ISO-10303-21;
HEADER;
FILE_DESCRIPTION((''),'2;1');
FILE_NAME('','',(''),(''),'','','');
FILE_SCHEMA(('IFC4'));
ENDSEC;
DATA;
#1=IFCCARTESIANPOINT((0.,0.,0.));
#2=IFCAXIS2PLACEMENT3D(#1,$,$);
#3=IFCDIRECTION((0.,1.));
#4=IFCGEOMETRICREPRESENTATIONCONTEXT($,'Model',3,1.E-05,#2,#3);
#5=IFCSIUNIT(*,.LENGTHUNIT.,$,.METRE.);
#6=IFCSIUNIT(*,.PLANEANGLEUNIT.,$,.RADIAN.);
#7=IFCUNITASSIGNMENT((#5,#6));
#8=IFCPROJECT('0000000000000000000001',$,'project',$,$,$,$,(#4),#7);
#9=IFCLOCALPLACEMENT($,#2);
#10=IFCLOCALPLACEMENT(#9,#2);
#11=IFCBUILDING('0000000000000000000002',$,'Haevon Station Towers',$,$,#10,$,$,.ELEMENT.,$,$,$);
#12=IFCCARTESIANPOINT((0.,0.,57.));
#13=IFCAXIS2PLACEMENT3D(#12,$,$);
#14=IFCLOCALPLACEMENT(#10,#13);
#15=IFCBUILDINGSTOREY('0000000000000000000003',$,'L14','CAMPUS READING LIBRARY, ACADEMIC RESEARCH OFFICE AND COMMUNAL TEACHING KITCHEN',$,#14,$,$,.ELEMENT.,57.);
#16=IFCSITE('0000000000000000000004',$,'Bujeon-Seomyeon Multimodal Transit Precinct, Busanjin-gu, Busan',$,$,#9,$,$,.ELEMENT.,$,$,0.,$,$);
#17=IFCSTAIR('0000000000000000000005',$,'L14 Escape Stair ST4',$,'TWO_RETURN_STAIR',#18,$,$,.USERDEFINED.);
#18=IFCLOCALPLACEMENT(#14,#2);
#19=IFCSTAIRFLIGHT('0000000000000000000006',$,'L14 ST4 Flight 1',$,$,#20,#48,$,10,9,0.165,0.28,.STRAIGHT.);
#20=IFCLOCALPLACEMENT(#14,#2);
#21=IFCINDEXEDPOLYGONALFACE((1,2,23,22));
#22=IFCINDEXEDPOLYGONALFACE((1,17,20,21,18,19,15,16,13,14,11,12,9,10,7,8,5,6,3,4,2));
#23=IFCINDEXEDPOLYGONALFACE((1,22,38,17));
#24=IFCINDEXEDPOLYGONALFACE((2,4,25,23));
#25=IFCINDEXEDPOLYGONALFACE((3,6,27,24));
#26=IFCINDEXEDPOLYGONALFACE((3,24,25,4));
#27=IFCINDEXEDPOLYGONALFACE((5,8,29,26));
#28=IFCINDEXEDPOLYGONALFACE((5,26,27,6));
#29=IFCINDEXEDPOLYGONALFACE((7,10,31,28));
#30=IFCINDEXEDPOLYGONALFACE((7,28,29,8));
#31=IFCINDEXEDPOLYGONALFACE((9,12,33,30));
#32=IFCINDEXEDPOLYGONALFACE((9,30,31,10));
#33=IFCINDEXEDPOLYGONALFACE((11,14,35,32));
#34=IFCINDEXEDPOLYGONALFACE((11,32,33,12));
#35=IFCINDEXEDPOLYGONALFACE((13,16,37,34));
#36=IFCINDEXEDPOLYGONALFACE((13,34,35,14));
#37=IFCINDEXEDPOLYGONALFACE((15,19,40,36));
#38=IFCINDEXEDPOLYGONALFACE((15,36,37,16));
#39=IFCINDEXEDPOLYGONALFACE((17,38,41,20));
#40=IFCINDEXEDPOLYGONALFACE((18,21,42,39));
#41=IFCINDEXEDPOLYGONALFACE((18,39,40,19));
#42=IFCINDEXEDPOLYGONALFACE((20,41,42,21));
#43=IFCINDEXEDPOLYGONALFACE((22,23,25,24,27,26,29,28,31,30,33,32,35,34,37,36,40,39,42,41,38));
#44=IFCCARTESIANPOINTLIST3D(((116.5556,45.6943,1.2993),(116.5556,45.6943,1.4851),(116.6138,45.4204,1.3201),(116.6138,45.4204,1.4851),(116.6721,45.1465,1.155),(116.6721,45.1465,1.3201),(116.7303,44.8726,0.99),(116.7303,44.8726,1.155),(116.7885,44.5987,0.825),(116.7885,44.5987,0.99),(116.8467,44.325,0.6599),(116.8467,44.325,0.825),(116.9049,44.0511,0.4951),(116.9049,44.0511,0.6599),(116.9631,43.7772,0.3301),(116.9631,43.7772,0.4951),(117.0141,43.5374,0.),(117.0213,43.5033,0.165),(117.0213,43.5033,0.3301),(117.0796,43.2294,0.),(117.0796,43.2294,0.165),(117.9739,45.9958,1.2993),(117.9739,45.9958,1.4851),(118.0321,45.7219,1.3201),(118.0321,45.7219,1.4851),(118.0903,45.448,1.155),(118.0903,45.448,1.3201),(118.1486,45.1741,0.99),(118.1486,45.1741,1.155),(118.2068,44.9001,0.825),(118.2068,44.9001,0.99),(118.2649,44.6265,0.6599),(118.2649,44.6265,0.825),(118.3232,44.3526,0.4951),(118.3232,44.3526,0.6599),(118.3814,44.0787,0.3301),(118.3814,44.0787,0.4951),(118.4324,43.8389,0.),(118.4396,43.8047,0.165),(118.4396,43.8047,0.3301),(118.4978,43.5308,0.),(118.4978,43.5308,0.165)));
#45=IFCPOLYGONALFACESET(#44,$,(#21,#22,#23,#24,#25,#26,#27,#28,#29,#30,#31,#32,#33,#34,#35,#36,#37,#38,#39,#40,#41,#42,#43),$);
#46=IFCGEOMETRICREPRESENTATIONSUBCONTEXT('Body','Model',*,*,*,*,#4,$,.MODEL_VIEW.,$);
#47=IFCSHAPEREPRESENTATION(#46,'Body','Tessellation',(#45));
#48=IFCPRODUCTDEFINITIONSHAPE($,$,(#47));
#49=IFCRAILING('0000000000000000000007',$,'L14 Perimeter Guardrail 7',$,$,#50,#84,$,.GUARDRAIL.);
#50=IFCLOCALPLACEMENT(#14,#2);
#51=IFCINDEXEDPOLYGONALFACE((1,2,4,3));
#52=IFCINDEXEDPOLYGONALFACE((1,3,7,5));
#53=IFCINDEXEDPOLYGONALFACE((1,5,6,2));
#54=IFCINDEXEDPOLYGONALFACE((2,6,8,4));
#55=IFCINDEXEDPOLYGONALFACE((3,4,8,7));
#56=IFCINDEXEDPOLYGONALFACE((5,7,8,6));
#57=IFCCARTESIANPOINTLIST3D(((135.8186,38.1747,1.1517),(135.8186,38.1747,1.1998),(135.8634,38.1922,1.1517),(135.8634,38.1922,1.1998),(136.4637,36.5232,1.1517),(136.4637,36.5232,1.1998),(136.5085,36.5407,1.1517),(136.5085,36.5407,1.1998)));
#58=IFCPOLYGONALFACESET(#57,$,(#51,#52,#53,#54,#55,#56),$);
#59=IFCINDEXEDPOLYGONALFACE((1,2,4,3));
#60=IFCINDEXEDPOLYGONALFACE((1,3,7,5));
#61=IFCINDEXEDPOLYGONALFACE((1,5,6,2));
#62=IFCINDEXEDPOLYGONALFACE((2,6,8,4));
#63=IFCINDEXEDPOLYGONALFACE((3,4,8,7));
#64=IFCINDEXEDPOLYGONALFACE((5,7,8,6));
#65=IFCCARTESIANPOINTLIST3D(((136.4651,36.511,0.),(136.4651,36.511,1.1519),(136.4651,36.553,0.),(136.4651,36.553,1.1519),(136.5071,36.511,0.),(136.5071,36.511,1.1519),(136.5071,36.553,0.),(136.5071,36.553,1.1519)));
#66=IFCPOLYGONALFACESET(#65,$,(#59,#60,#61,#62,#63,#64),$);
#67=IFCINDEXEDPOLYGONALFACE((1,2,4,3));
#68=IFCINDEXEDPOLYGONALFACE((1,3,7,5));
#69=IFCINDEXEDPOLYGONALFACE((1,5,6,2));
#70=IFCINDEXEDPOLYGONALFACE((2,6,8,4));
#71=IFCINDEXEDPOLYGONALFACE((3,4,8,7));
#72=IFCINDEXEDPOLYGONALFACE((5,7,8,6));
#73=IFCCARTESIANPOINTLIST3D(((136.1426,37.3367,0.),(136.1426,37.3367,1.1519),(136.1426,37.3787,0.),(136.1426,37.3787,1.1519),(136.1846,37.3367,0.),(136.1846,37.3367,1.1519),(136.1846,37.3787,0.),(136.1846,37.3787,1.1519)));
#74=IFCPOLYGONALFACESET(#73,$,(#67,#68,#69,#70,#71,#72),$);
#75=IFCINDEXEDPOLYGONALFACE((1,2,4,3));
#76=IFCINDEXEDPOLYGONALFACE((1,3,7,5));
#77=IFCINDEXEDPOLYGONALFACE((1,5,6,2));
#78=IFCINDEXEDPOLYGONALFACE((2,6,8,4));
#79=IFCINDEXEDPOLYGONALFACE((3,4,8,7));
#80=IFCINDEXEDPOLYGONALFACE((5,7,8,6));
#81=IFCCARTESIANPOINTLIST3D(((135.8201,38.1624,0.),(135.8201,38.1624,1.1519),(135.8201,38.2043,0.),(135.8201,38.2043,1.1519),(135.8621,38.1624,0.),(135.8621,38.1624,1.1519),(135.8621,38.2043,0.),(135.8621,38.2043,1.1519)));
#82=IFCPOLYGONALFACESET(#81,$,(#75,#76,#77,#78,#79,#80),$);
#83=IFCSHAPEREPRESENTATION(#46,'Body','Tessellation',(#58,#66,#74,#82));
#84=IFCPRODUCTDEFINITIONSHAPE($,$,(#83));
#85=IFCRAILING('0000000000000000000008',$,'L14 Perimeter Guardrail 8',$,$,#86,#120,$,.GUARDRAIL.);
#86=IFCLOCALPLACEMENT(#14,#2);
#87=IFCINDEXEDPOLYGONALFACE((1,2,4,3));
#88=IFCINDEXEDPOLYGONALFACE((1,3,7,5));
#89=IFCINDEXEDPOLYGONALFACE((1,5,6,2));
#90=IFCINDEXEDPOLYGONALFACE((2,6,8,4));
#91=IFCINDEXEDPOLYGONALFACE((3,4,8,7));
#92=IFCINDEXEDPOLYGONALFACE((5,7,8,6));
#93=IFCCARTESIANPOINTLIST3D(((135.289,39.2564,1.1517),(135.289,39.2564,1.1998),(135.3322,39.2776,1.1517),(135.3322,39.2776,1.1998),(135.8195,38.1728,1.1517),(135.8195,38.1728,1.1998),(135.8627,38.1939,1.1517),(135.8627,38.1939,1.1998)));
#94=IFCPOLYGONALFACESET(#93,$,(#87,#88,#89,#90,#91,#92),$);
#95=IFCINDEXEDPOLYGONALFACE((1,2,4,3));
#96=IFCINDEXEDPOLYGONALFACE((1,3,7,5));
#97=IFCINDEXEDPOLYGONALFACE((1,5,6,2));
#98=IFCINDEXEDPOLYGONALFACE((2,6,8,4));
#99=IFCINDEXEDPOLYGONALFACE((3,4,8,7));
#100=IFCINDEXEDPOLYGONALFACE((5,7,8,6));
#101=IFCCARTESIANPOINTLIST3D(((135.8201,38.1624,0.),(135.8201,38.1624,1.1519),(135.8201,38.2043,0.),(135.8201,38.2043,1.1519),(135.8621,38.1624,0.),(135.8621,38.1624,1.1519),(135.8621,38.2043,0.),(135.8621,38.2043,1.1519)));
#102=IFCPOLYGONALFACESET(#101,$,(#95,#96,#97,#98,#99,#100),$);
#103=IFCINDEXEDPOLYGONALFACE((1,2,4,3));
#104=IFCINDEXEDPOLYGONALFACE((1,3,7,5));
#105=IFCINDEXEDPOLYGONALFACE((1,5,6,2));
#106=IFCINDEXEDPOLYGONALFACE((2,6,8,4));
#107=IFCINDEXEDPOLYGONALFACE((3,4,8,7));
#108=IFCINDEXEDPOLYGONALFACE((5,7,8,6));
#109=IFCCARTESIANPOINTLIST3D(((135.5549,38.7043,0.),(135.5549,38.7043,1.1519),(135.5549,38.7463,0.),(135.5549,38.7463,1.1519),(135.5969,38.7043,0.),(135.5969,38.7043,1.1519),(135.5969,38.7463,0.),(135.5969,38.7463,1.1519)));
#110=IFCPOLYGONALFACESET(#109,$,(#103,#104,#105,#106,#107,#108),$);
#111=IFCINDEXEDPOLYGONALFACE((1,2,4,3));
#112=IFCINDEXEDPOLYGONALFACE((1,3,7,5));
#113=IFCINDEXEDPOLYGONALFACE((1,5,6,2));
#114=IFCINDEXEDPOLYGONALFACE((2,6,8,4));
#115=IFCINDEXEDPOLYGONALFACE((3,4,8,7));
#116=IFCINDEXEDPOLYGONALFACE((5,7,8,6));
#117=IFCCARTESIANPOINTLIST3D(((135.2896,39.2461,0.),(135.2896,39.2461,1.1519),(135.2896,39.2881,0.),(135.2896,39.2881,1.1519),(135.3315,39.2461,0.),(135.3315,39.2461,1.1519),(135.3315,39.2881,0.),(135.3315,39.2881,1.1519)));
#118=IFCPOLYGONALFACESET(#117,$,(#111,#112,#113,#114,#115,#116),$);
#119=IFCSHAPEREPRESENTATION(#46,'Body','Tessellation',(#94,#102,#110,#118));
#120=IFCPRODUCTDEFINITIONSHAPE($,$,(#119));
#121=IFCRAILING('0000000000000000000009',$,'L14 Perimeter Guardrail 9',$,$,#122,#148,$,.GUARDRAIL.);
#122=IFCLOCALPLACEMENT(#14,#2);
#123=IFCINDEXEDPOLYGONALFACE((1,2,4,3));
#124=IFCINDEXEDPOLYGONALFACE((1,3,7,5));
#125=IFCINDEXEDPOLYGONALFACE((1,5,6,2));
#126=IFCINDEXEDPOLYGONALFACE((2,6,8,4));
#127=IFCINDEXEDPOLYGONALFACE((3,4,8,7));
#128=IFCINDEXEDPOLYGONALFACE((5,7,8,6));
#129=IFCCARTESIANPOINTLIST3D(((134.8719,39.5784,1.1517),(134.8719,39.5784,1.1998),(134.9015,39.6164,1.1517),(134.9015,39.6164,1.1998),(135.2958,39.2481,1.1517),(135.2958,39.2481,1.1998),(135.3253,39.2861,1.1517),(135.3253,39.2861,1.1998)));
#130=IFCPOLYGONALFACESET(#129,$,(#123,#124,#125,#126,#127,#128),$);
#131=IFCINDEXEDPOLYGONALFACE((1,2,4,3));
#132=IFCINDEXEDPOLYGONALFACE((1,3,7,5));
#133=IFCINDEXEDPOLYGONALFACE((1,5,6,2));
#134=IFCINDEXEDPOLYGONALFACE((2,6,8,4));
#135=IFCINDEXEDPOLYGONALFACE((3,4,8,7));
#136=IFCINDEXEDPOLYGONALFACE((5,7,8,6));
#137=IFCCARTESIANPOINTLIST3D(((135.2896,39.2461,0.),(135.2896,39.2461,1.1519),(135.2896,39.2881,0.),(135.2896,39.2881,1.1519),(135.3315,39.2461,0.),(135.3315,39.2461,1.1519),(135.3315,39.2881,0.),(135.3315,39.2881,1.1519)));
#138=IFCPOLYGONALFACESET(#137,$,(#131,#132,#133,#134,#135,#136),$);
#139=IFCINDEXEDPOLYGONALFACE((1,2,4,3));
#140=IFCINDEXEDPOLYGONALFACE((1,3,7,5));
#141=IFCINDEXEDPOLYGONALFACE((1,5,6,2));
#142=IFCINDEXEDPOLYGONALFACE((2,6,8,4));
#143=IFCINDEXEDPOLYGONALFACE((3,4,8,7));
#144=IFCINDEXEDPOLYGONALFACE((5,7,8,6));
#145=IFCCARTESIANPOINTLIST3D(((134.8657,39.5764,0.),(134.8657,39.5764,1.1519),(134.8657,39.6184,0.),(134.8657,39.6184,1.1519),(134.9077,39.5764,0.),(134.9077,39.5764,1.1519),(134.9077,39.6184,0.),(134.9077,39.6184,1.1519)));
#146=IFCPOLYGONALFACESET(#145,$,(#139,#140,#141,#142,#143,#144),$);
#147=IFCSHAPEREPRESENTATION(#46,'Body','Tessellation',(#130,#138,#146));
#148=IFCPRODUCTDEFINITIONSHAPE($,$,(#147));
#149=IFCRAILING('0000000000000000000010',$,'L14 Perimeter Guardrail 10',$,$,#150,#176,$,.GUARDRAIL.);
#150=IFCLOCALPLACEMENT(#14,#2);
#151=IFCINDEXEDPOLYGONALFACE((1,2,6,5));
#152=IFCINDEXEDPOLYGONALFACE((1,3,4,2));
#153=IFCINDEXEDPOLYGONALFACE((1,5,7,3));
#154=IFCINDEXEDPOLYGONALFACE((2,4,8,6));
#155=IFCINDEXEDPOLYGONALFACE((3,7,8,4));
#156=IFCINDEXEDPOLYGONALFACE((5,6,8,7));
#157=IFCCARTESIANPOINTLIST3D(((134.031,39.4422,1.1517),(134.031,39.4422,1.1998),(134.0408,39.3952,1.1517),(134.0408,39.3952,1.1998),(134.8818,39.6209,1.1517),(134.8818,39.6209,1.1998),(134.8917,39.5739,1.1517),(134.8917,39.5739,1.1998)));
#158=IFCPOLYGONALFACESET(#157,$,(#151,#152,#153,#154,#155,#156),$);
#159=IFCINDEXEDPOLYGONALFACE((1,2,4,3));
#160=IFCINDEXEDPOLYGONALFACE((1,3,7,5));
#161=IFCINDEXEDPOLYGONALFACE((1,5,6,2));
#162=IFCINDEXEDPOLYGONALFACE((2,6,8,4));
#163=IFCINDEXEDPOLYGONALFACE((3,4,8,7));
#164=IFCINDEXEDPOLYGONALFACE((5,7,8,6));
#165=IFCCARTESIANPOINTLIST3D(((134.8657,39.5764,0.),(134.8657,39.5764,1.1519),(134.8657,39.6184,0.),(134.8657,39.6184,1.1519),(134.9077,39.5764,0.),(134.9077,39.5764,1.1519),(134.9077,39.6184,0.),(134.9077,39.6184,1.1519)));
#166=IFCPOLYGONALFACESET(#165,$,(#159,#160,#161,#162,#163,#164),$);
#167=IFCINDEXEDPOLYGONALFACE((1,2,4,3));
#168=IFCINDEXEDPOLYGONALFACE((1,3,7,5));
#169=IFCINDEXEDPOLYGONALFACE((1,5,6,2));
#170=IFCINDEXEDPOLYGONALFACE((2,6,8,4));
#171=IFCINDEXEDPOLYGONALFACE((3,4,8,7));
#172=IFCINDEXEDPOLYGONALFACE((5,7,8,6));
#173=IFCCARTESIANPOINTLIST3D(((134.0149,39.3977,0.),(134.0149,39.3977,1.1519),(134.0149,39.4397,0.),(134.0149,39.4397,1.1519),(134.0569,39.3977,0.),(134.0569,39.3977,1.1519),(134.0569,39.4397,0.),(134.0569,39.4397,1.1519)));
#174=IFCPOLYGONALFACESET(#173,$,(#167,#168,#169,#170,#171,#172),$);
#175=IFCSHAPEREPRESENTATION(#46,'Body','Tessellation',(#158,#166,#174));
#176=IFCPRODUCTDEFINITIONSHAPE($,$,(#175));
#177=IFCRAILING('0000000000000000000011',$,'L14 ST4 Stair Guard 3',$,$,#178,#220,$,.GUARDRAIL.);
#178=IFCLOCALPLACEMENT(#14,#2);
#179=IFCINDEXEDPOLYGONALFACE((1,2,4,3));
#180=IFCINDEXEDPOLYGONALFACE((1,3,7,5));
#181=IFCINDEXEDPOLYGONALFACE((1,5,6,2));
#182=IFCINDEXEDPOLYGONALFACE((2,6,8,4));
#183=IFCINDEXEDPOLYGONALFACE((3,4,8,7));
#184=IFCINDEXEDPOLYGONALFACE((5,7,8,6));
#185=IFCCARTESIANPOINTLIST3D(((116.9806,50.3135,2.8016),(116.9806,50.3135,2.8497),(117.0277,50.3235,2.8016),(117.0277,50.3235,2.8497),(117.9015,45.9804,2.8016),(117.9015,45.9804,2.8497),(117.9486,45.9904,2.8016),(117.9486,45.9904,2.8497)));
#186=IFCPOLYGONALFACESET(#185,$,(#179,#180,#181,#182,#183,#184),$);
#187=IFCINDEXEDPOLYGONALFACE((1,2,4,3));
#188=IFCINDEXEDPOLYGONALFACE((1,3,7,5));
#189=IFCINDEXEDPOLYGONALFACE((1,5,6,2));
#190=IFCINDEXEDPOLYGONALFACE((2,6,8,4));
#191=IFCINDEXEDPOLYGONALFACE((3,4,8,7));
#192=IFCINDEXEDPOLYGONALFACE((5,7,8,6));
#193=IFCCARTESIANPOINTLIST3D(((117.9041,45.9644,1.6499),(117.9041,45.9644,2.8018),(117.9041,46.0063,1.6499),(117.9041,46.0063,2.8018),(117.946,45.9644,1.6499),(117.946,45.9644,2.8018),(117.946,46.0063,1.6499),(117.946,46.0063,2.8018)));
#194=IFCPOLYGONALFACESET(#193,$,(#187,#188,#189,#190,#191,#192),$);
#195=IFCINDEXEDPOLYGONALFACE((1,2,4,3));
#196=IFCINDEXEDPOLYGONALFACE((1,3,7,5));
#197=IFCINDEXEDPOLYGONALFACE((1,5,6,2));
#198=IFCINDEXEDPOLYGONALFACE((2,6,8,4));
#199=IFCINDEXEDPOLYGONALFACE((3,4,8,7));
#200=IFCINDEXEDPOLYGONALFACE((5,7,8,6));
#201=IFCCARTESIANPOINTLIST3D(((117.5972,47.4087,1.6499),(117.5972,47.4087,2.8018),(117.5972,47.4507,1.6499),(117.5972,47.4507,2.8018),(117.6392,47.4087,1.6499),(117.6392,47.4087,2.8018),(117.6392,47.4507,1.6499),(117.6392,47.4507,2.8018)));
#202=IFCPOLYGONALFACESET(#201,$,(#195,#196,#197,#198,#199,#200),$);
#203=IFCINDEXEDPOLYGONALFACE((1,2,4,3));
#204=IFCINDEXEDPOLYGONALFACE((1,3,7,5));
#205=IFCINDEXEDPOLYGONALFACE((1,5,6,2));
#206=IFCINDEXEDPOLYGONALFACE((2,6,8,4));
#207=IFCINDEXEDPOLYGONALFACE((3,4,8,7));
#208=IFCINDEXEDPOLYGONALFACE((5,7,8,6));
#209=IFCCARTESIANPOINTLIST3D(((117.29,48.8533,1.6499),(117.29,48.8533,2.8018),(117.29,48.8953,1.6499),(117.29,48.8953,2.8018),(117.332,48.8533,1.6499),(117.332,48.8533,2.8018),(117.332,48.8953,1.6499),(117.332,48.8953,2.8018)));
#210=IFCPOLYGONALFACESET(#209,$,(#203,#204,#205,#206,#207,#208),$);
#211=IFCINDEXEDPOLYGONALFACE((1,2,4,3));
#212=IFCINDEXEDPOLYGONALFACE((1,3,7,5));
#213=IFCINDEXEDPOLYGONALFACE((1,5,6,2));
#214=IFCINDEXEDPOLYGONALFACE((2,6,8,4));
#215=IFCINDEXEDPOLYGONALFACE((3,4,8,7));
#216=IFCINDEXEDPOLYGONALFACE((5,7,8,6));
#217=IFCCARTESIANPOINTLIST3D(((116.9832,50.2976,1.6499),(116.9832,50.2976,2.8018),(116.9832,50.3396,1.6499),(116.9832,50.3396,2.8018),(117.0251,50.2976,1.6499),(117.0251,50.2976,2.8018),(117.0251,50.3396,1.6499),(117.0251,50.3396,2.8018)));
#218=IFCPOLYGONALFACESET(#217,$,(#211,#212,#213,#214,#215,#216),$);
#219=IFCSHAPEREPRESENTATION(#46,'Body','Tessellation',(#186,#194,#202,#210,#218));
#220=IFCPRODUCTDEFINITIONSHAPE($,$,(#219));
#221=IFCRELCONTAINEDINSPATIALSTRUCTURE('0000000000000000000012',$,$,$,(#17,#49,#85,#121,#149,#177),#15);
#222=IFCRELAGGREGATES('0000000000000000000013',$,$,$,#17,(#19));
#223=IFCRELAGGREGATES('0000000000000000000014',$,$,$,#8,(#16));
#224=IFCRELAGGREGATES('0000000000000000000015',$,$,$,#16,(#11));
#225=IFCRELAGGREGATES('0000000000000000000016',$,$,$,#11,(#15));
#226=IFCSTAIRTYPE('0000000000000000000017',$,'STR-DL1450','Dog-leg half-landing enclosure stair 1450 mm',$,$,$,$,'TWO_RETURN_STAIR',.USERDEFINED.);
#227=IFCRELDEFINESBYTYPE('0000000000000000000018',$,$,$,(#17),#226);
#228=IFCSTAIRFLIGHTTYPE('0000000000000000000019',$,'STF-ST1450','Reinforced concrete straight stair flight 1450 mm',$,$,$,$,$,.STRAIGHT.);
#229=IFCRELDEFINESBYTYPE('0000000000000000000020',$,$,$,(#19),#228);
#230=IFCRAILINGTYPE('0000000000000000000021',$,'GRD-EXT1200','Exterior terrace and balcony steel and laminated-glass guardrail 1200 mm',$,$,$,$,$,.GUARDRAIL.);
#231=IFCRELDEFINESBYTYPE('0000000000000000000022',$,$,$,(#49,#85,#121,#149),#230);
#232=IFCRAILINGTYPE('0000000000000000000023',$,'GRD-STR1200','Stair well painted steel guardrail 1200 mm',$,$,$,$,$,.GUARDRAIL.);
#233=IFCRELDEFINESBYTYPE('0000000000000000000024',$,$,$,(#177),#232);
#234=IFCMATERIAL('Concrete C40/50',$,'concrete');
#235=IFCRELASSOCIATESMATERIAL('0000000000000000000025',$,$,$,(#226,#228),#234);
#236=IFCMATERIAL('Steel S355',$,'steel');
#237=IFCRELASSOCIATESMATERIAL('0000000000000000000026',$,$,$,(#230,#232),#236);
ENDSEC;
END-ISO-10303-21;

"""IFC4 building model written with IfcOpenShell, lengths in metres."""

from ifc_helpers import new_model, si_unit, direction, frame, origin, origin_2d, place, context, subcontext, project, spatial, polyline, rectangle, outline, extrude, material, type_object, element, aggregate, save


model = new_model("IFC4")

# Units and contexts
model_context = context("Model", 3, precision=1e-05, world=origin(), true_north=direction((0.0, 1.0)))
body_context = subcontext(model_context, "Body", "Model", "MODEL_VIEW")
ifc_project = project(units=[si_unit("LENGTHUNIT", "METRE"), si_unit("PLANEANGLEUNIT", "RADIAN")], contexts=[model_context])

# Site, building, storey
site_placement = place(None, origin())
site = spatial("IfcSite", under=ifc_project, at=site_placement, Name="Bujeon-Seomyeon Multimodal Transit Precinct, Busanjin-gu, Busan", CompositionType="ELEMENT", RefElevation=0.0)
building_placement = place(site_placement, origin())
building = spatial("IfcBuilding", under=site, at=building_placement, Name="Haevon Station Towers", CompositionType="ELEMENT")
storey_placement = place(building_placement, frame((0.0, 0.0, 57.0)))
storey = spatial("IfcBuildingStorey", under=building, at=storey_placement, Name="L14", Description="CAMPUS READING LIBRARY, ACADEMIC RESEARCH OFFICE AND COMMUNAL TEACHING KITCHEN", CompositionType="ELEMENT", Elevation=57.0)

# Shared definitions
ifc_material_1 = material(Name="Steel S355", Category="steel")

# Stair, stair flight
ifc_material_2 = material(Name="Concrete C40/50", Category="concrete")
stair_type = type_object("IfcStairType", Name="STR-DL1450", Description="Dog-leg half-landing enclosure stair 1450 mm", ElementType="TWO_RETURN_STAIR", PredefinedType="USERDEFINED", material=ifc_material_2)
stair_placement = place(storey_placement, origin())
stair = element("IfcStair", 1, at=stair_placement, inside=storey, type_object=stair_type, Name="L14 Escape Stair ST4", ObjectType="TWO_RETURN_STAIR", PredefinedType="USERDEFINED")
stair_flight_type = type_object("IfcStairFlightType", Name="STF-ST1450", Description="Reinforced concrete straight stair flight 1450 mm", PredefinedType="STRAIGHT", material=ifc_material_2)
stair_flight_placement = place(storey_placement, frame((117.7888, 43.3801, 0.0), z_axis=(0.0, 0.0, 1.0), x_axis=(-0.207912, 0.978148, 0.0)))
stair_flight = element("IfcStairFlight", 2, at=stair_flight_placement, type_object=stair_flight_type, Name="L14 ST4 Flight 1", NumberOfRisers=10, NumberOfTreads=9, PredefinedType="STRAIGHT", RiserHeight=0.165, TreadLength=0.28, context=body_context, shape_type="SweptSolid", body=[
    extrude(outline(polyline([(0.0, 0.0), (0.0, 0.165), (0.28, 0.165), (0.28, 0.3301), (0.5601, 0.3301), (0.5601, 0.4951), (0.8401, 0.4951), (0.8401, 0.6599), (1.1201, 0.6599), (1.1201, 0.825), (1.3999, 0.825), (1.3999, 0.99), (1.6799, 0.99), (1.6799, 1.155), (1.96, 1.155), (1.96, 1.3201), (2.24, 1.3201), (2.24, 1.4851), (2.52, 1.4851), (2.52, 1.6499), (2.52, 1.2993), (0.3149, 0.0), (0.0, 0.0)])), frame((0.0, 0.7251, 0.0), z_axis=(0.0, -1.0, 0.0), x_axis=(1.0, 0.0, 0.0)), (0.0, 0.0, 1.0), 1.45),
])
aggregate(stair, [stair_flight])

# Railings
railing_type_1 = type_object("IfcRailingType", Name="GRD-EXT1200", Description="Exterior terrace and balcony steel and laminated-glass guardrail 1200 mm", PredefinedType="GUARDRAIL", material=ifc_material_1)
railing_1_placement = place(storey_placement, frame((136.4861, 36.532, 0.0)))
element("IfcRailing", 3, at=railing_1_placement, inside=storey, type_object=railing_type_1, Name="L14 Perimeter Guardrail 7", PredefinedType="GUARDRAIL", context=body_context, shape_type="SweptSolid", body=[
    extrude(rectangle(XDim=0.0481, YDim=0.0481, at=origin_2d()), frame((0.0, 0.0, 1.1758), z_axis=(-0.363828, 0.931466, 0.0), x_axis=(-0.931466, -0.363828, 0.0)), (0.0, 0.0, 1.0), 1.7729),
    extrude(rectangle(XDim=0.042, YDim=0.042, at=origin_2d()), origin(), (0.0, 0.0, 1.0), 1.1519),
    extrude(rectangle(XDim=0.042, YDim=0.042, at=origin_2d()), frame((-0.3225, 0.8257, 0.0)), (0.0, 0.0, 1.0), 1.1519),
    extrude(rectangle(XDim=0.042, YDim=0.042, at=origin_2d()), frame((-0.645, 1.6514, 0.0)), (0.0, 0.0, 1.0), 1.1519),
])
railing_2_placement = place(storey_placement, frame((135.8411, 38.1833, 0.0)))
element("IfcRailing", 4, at=railing_2_placement, inside=storey, type_object=railing_type_1, Name="L14 Perimeter Guardrail 8", PredefinedType="GUARDRAIL", context=body_context, shape_type="SweptSolid", body=[
    extrude(rectangle(XDim=0.0481, YDim=0.0481, at=origin_2d()), frame((0.0, 0.0, 1.1758), z_axis=(-0.439671, 0.898159, 0.0), x_axis=(-0.898159, -0.439671, 0.0)), (0.0, 0.0, 1.0), 1.2065),
    extrude(rectangle(XDim=0.042, YDim=0.042, at=origin_2d()), origin(), (0.0, 0.0, 1.0), 1.1519),
    extrude(rectangle(XDim=0.042, YDim=0.042, at=origin_2d()), frame((-0.2651, 0.542, 0.0)), (0.0, 0.0, 1.0), 1.1519),
    extrude(rectangle(XDim=0.042, YDim=0.042, at=origin_2d()), frame((-0.5305, 1.0837, 0.0)), (0.0, 0.0, 1.0), 1.1519),
])
railing_3_placement = place(storey_placement, frame((135.3105, 39.2671, 0.0)))
element("IfcRailing", 5, at=railing_3_placement, inside=storey, type_object=railing_type_1, Name="L14 Perimeter Guardrail 9", PredefinedType="GUARDRAIL", context=body_context, shape_type="SweptSolid", body=[
    extrude(rectangle(XDim=0.0481, YDim=0.0481, at=origin_2d()), frame((0.0, 0.0, 1.1758), z_axis=(-0.78874, 0.614727, 0.0), x_axis=(-0.614727, -0.78874, 0.0)), (0.0, 0.0, 1.0), 0.5374),
    extrude(rectangle(XDim=0.042, YDim=0.042, at=origin_2d()), origin(), (0.0, 0.0, 1.0), 1.1519),
    extrude(rectangle(XDim=0.042, YDim=0.042, at=origin_2d()), frame((-0.4238, 0.3303, 0.0)), (0.0, 0.0, 1.0), 1.1519),
])
railing_4_placement = place(storey_placement, frame((134.8867, 39.5974, 0.0)))
element("IfcRailing", 6, at=railing_4_placement, inside=storey, type_object=railing_type_1, Name="L14 Perimeter Guardrail 10", PredefinedType="GUARDRAIL", context=body_context, shape_type="SweptSolid", body=[
    extrude(rectangle(XDim=0.0481, YDim=0.0481, at=origin_2d()), frame((0.0, 0.0, 1.1758), z_axis=(-0.978645, -0.205558, 0.0), x_axis=(0.205558, -0.978645, 0.0)), (0.0, 0.0, 1.0), 0.8694),
    extrude(rectangle(XDim=0.042, YDim=0.042, at=origin_2d()), origin(), (0.0, 0.0, 1.0), 1.1519),
    extrude(rectangle(XDim=0.042, YDim=0.042, at=origin_2d()), frame((-0.8508, -0.1787, 0.0)), (0.0, 0.0, 1.0), 1.1519),
])
railing_type_2 = type_object("IfcRailingType", Name="GRD-STR1200", Description="Stair well painted steel guardrail 1200 mm", PredefinedType="GUARDRAIL", material=ifc_material_1)
railing_5_placement = place(storey_placement, frame((117.925, 45.9854, 1.6499)))
element("IfcRailing", 7, at=railing_5_placement, inside=storey, type_object=railing_type_2, Name="L14 ST4 Stair Guard 3", PredefinedType="GUARDRAIL", context=body_context, shape_type="SweptSolid", body=[
    extrude(rectangle(XDim=0.0481, YDim=0.0481, at=origin_2d()), frame((0.0, 0.0, 1.1758), z_axis=(-0.207877, 0.978155, 0.0), x_axis=(-0.978155, -0.207877, 0.0)), (0.0, 0.0, 1.0), 4.4299),
    extrude(rectangle(XDim=0.042, YDim=0.042, at=origin_2d()), origin(), (0.0, 0.0, 1.0), 1.1519),
    extrude(rectangle(XDim=0.042, YDim=0.042, at=origin_2d()), frame((-0.3069, 1.4443, 0.0)), (0.0, 0.0, 1.0), 1.1519),
    extrude(rectangle(XDim=0.042, YDim=0.042, at=origin_2d()), frame((-0.614, 2.8889, 0.0)), (0.0, 0.0, 1.0), 1.1519),
    extrude(rectangle(XDim=0.042, YDim=0.042, at=origin_2d()), frame((-0.9209, 4.3333, 0.0)), (0.0, 0.0, 1.0), 1.1519),
])

save(model, "model.ifc")
